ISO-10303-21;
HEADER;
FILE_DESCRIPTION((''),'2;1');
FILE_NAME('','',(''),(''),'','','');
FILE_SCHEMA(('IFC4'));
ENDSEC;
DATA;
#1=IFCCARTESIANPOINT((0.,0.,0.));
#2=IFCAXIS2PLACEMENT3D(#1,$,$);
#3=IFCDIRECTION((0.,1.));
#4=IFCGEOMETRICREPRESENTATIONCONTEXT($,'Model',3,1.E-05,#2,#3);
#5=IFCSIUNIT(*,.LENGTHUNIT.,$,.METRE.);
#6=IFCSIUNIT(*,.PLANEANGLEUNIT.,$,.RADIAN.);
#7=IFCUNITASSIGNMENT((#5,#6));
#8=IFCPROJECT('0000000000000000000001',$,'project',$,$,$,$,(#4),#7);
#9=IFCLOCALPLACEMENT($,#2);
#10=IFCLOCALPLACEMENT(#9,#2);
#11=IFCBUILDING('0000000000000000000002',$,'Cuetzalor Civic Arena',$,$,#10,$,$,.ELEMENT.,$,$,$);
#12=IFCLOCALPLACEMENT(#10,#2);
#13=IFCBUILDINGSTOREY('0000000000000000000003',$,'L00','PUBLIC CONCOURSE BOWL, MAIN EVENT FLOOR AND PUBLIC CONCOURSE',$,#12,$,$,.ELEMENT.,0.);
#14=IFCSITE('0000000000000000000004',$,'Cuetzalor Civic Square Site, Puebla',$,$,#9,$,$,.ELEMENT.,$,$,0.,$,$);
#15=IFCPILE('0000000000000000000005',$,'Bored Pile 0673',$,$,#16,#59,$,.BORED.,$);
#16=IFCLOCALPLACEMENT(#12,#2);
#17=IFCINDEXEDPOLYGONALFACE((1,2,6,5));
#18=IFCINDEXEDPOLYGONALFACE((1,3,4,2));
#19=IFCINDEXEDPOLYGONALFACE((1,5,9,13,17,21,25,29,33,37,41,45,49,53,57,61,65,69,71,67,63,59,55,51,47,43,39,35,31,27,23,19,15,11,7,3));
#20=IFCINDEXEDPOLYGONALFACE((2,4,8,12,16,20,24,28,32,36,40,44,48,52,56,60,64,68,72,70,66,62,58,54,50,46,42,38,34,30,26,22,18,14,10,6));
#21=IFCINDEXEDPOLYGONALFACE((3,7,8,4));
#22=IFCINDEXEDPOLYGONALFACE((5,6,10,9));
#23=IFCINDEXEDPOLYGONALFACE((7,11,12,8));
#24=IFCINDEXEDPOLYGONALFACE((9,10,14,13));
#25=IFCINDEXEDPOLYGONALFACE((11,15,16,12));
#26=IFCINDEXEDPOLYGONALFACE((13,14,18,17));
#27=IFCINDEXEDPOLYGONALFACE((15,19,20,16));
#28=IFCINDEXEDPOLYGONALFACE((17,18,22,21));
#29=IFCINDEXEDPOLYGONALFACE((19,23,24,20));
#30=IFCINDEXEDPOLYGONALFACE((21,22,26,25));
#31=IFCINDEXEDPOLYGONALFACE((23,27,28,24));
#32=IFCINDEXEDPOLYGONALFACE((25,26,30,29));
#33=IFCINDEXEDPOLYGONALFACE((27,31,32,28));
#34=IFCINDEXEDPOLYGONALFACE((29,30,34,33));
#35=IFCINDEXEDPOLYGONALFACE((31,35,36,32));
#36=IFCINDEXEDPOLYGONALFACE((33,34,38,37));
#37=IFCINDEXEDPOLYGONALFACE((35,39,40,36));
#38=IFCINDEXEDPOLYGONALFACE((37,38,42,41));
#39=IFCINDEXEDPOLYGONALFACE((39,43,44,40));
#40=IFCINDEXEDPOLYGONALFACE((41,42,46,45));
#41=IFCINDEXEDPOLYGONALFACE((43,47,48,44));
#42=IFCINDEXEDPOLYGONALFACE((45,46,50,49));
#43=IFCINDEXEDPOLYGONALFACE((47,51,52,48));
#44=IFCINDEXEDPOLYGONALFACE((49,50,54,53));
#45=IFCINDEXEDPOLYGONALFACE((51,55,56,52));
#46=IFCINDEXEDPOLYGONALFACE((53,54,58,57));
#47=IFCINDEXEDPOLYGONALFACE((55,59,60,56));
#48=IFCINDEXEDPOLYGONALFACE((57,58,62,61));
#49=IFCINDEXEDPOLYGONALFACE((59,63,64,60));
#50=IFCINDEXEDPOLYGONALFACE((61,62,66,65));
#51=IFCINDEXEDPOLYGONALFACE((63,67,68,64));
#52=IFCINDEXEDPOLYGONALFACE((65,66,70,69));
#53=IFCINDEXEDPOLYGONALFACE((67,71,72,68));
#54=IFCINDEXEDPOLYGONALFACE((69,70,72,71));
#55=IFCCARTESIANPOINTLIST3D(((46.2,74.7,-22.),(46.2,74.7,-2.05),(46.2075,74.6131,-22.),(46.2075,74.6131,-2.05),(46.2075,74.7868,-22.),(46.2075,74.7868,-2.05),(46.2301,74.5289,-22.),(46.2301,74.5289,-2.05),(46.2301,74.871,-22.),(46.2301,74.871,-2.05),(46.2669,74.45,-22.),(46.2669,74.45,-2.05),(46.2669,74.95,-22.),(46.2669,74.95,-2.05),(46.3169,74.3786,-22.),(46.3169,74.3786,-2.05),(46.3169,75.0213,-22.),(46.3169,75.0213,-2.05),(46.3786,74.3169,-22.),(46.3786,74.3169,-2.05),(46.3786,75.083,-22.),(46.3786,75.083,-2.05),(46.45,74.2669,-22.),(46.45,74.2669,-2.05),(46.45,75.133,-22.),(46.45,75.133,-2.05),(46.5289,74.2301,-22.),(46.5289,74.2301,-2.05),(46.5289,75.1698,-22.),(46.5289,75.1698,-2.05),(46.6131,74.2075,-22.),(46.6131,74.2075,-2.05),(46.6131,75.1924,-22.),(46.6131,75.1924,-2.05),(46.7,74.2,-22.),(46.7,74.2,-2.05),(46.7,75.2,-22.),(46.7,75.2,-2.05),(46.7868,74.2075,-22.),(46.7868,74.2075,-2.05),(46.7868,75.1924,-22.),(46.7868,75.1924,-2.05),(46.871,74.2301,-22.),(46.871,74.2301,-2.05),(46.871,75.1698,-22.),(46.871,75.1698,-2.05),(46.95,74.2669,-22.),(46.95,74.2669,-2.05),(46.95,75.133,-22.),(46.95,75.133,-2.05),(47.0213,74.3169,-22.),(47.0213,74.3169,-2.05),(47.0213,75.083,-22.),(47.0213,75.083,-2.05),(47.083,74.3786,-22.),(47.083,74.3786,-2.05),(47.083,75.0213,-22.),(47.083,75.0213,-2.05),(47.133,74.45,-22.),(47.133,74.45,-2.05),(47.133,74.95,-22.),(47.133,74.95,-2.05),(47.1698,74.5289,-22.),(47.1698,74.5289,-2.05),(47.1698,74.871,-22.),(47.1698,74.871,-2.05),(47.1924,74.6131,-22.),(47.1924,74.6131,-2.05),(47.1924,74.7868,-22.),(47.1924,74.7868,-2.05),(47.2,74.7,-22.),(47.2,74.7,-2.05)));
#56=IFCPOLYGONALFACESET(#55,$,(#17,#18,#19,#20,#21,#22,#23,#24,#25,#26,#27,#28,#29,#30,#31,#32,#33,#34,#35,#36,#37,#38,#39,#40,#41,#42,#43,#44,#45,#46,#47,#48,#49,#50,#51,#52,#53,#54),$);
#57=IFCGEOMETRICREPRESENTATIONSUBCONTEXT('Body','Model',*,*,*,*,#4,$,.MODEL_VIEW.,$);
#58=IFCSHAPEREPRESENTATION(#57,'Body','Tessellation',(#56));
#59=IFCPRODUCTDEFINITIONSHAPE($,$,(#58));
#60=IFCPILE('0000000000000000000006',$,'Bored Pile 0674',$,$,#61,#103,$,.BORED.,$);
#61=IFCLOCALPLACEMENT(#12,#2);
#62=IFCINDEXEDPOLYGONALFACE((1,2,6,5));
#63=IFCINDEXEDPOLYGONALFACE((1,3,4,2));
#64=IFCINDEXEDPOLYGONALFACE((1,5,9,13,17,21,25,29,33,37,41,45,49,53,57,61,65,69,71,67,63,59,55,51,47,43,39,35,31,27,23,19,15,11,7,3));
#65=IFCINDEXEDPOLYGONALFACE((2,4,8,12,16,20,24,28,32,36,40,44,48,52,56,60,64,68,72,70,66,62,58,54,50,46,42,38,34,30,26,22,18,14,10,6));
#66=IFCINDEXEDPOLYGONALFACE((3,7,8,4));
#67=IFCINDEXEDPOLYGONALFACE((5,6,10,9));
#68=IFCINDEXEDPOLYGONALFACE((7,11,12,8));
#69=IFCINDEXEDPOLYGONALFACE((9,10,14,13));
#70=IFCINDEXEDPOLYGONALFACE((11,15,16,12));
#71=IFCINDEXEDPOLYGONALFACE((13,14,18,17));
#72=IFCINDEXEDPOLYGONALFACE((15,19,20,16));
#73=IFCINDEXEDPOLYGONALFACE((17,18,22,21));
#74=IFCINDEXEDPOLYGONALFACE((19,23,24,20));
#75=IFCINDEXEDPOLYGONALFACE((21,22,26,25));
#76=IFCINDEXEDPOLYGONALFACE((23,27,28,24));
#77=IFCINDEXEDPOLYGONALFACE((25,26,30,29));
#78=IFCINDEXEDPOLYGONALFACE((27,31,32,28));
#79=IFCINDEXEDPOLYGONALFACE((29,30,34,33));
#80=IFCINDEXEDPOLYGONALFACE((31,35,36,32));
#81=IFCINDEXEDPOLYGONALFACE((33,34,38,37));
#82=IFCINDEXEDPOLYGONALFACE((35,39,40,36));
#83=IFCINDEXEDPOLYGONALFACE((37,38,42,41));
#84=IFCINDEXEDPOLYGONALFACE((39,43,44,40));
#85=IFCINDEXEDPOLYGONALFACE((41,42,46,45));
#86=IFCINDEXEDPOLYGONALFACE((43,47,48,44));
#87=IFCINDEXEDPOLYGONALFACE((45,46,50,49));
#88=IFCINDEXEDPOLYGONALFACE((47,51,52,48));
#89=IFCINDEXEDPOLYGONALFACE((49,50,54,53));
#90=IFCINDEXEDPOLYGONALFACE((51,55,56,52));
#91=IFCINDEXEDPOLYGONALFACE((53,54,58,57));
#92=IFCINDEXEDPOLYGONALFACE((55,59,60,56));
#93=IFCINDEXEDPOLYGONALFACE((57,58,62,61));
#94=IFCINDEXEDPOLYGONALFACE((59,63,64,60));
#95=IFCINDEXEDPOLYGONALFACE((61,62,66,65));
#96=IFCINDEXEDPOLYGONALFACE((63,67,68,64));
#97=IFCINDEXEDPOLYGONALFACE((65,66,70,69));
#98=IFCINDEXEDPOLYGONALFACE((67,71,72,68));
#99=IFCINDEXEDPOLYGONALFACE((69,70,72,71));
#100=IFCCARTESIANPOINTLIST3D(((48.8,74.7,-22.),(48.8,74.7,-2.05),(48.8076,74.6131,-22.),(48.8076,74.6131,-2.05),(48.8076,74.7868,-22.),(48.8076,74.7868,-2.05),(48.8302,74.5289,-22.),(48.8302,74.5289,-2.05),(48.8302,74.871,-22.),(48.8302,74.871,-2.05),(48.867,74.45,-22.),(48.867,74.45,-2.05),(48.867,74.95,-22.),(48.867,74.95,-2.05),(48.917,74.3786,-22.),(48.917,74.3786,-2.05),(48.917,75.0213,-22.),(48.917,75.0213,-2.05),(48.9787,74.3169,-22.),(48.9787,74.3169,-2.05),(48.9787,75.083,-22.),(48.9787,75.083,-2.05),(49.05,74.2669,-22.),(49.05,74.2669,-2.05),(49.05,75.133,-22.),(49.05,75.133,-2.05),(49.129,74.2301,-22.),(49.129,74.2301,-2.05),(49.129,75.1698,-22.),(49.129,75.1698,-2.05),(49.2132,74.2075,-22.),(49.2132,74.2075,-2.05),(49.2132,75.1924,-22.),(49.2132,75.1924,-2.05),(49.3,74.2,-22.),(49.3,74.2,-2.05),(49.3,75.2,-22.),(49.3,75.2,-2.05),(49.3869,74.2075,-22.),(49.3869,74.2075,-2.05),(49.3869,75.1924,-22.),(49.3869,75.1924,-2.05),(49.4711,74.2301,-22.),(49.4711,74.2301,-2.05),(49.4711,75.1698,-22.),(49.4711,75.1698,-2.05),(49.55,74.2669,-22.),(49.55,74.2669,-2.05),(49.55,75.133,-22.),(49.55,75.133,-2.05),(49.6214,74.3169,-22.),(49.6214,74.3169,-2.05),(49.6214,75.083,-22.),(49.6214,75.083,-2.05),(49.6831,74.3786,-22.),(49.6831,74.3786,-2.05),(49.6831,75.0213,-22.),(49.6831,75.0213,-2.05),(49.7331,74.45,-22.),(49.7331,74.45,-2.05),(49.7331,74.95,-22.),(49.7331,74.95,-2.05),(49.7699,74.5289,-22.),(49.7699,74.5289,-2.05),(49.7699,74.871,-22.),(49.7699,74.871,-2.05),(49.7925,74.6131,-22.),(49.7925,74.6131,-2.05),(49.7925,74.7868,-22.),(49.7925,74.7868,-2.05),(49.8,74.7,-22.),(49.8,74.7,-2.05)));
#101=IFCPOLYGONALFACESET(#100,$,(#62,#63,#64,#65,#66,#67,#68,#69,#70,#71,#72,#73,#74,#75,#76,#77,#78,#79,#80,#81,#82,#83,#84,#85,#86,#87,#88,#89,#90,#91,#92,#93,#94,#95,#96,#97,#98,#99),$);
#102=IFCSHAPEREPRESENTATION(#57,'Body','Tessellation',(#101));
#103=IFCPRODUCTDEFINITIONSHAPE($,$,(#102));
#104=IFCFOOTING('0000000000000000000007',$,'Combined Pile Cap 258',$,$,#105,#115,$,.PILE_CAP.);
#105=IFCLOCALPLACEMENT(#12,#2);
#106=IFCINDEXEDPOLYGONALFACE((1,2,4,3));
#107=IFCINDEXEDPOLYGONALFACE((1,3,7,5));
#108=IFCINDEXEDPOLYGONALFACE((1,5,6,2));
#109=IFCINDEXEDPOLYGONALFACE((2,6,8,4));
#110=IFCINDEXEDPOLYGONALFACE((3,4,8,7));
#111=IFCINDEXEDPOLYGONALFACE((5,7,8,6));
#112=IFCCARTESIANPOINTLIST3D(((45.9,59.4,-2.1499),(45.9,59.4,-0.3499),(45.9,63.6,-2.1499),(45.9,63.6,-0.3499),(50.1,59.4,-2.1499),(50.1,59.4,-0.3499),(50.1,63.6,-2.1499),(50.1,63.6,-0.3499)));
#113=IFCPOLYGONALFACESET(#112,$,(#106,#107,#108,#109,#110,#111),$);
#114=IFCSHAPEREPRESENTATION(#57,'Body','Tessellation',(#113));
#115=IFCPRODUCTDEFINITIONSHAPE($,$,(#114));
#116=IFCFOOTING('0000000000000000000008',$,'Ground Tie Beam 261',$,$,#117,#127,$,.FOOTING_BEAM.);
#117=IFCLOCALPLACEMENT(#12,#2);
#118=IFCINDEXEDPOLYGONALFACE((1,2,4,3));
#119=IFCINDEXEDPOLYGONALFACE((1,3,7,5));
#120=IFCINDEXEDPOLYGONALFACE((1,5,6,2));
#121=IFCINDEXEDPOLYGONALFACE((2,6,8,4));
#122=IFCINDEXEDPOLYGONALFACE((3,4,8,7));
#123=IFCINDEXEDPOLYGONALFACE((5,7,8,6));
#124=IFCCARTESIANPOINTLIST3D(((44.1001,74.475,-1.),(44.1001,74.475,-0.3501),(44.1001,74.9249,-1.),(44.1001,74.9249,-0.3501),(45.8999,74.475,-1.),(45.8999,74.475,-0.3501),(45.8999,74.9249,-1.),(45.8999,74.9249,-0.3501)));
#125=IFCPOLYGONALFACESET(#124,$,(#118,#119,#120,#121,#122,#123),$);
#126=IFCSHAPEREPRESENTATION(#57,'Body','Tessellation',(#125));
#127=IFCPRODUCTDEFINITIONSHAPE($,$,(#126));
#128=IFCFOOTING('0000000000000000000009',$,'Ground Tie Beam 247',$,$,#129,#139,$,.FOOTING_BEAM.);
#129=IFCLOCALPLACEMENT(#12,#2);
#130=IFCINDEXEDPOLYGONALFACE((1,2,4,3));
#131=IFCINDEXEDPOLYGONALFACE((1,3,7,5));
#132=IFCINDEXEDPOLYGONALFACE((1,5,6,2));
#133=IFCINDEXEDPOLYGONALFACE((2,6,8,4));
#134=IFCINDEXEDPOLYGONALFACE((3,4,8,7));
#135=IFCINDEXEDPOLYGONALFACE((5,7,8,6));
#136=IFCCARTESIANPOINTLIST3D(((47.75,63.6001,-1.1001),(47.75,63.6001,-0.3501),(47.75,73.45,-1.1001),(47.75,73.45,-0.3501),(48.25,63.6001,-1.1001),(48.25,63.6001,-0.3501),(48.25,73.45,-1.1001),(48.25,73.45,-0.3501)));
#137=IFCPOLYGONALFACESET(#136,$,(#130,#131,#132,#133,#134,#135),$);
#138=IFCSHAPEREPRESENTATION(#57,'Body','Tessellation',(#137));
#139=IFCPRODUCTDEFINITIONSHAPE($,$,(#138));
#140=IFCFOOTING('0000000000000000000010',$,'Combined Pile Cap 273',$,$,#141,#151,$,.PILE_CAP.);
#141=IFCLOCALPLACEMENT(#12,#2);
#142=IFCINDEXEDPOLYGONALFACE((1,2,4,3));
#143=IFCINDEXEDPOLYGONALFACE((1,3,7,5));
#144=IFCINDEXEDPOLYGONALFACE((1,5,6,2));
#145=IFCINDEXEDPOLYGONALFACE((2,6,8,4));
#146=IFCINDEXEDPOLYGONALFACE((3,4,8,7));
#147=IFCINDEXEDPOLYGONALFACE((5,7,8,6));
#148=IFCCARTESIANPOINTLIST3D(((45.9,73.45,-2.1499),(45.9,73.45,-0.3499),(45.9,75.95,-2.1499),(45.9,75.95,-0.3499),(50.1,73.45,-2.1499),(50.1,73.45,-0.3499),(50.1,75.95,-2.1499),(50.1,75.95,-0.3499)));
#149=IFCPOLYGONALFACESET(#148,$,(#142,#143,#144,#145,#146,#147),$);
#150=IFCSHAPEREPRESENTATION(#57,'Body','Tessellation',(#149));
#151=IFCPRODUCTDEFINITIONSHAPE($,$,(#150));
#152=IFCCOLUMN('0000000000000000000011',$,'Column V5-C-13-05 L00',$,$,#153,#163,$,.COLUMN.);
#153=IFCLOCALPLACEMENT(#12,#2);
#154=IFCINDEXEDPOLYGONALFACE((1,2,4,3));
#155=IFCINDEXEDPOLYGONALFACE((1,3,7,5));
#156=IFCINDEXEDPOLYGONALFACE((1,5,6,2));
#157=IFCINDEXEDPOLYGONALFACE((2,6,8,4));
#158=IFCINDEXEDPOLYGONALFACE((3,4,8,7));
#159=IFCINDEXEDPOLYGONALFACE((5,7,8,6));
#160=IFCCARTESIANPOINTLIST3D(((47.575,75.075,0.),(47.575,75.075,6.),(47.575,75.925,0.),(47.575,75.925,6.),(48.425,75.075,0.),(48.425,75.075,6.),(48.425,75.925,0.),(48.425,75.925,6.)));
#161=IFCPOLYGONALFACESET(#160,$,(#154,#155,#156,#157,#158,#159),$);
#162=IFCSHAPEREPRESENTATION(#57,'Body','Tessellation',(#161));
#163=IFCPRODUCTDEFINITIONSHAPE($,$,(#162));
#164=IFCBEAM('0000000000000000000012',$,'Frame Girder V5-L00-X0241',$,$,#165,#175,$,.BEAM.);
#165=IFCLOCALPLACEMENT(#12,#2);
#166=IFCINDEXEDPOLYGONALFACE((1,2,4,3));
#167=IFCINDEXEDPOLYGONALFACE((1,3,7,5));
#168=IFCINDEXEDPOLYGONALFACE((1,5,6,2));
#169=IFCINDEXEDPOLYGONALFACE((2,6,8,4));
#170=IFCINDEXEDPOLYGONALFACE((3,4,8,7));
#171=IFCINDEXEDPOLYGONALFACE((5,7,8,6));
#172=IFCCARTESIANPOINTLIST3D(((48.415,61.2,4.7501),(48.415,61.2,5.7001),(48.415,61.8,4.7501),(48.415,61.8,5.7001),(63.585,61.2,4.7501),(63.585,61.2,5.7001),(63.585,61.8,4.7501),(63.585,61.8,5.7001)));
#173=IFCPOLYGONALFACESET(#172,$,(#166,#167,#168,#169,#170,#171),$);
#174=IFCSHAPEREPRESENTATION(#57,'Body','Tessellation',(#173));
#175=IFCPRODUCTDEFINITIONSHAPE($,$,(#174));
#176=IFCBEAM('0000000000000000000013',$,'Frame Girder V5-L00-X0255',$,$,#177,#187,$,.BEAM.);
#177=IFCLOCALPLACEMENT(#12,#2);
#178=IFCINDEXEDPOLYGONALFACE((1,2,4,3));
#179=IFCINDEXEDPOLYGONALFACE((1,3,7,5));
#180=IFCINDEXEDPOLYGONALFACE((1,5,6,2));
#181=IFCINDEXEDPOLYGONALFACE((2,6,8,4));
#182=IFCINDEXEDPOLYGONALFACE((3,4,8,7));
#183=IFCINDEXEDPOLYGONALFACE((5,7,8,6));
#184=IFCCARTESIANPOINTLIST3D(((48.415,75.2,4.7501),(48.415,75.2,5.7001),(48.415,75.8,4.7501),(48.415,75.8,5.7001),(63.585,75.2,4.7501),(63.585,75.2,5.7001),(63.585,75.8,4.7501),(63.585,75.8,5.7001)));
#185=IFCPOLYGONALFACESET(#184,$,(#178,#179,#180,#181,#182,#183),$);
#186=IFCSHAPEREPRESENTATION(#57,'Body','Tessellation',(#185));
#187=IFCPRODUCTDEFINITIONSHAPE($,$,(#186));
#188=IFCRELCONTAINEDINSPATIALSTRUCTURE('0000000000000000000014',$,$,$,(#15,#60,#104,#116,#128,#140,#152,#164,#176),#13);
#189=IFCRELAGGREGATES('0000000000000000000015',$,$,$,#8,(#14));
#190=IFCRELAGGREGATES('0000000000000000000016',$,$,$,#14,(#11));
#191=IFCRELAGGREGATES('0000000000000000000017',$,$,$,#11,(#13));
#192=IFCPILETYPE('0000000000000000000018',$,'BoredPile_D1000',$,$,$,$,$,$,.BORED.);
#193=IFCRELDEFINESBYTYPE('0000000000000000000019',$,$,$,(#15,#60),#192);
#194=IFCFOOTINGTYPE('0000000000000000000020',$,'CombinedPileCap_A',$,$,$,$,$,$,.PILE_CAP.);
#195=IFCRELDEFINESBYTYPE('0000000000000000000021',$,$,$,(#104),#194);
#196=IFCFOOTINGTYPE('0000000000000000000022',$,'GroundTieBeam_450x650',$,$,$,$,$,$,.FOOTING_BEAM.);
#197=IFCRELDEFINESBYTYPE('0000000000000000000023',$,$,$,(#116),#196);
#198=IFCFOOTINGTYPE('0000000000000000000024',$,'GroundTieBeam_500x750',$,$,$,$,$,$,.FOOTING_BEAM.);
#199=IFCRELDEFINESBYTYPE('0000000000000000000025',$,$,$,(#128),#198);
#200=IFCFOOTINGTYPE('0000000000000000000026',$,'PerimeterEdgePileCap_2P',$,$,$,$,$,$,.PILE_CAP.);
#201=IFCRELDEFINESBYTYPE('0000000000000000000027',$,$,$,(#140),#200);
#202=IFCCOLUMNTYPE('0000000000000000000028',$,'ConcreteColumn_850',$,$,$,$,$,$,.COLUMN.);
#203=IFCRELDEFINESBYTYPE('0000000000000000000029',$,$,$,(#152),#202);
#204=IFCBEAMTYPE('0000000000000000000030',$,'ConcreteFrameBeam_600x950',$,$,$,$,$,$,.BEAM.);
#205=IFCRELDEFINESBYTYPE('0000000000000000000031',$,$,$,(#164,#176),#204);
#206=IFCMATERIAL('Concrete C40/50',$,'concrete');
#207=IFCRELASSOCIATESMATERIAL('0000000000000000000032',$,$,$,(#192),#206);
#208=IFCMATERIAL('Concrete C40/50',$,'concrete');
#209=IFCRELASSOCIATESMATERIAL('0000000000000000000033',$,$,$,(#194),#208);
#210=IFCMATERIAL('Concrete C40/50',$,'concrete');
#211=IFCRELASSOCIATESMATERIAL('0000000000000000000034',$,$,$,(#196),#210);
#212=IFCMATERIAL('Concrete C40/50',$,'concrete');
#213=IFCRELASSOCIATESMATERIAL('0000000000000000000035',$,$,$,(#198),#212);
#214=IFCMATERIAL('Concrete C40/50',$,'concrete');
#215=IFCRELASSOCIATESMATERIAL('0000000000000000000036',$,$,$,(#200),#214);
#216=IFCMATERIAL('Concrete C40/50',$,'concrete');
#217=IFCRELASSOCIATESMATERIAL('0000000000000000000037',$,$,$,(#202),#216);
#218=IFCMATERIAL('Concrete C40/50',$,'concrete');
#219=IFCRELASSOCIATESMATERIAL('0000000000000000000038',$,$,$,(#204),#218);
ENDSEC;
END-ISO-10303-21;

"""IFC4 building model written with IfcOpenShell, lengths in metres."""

from ifc_helpers import new_model, si_unit, direction, frame, origin, origin_2d, place, context, subcontext, project, spatial, rectangle, circle, extrude, material, material_profile, profile_set, type_object, element, save


model = new_model("IFC4")

# Units and contexts
model_context = context("Model", 3, precision=1e-05, world=origin(), true_north=direction((0.0, 1.0)))
body_context = subcontext(model_context, "Body", "Model", "MODEL_VIEW")
ifc_project = project(units=[si_unit("LENGTHUNIT", "METRE"), si_unit("PLANEANGLEUNIT", "RADIAN")], contexts=[model_context])

# Site, building, storey
site_placement = place(None, origin())
site = spatial("IfcSite", under=ifc_project, at=site_placement, Name="Cuetzalor Civic Square Site, Puebla", CompositionType="ELEMENT", RefElevation=0.0)
building_placement = place(site_placement, origin())
building = spatial("IfcBuilding", under=site, at=building_placement, Name="Cuetzalor Civic Arena", CompositionType="ELEMENT")
storey_placement = place(building_placement, origin())
storey = spatial("IfcBuildingStorey", under=building, at=storey_placement, Name="L00", Description="PUBLIC CONCOURSE BOWL, MAIN EVENT FLOOR AND PUBLIC CONCOURSE", CompositionType="ELEMENT", Elevation=0.0)

# Piles
ifc_material_1 = material(Name="Concrete C40/50", Category="concrete")
ifc_material_profile_1 = material_profile(ifc_material_1, circle(Radius=0.5, at=origin_2d()), Name="BORED PILE D1000")
ifc_profile_set_1 = profile_set([ifc_material_profile_1], Name="Concrete C40/50")
pile_type = type_object("IfcPileType", Name="BoredPile_D1000", PredefinedType="BORED", material=ifc_profile_set_1)
for number, where, z_axis, x_axis, name in (
    (1, (46.7, 74.7, -2.05), (0.0, 0.0, -1.0), (1.0, 0.0, 0.0), "Bored Pile 0673"),
    (2, (49.3, 74.7, -2.05), (0.0, 0.0, -1.0), (1.0, 0.0, 0.0), "Bored Pile 0674"),
):
    element("IfcPile", number, at=place(storey_placement, frame(where, z_axis=z_axis, x_axis=x_axis)), inside=storey, type_object=pile_type, Name=name, PredefinedType="BORED", context=body_context, shape_type="SweptSolid", body=[
        extrude(circle(Radius=0.5, at=origin_2d()), origin(), (0.0, 0.0, 1.0), 19.95),
    ])

# Footings
ifc_material_2 = material(Name="Concrete C40/50", Category="concrete")
footing_type_1 = type_object("IfcFootingType", Name="CombinedPileCap_A", PredefinedType="PILE_CAP", material=ifc_material_2)
footing_1_placement = place(storey_placement, frame((48.0, 61.5, -2.1499), z_axis=(0.0, 0.0, 1.0), x_axis=(1.0, 0.0, 0.0)))
element("IfcFooting", 3, at=footing_1_placement, inside=storey, type_object=footing_type_1, Name="Combined Pile Cap 258", PredefinedType="PILE_CAP", context=body_context, shape_type="SweptSolid", body=[
    extrude(rectangle(XDim=4.2, YDim=4.2, at=origin_2d()), origin(), (0.0, 0.0, 1.0), 1.8),
])
ifc_material_3 = material(Name="Concrete C40/50", Category="concrete")
ifc_material_profile_2 = material_profile(ifc_material_3, rectangle(XDim=0.45, YDim=0.6499, at=origin_2d()), Name="RC 450x650")
ifc_profile_set_2 = profile_set([ifc_material_profile_2], Name="Concrete C40/50")
footing_type_2 = type_object("IfcFootingType", Name="GroundTieBeam_450x650", PredefinedType="FOOTING_BEAM", material=ifc_profile_set_2)
footing_2_placement = place(storey_placement, frame((44.1001, 74.7, -0.675), z_axis=(1.0, 0.0, 0.0), x_axis=(0.0, 1.0, 0.0)))
element("IfcFooting", 4, at=footing_2_placement, inside=storey, type_object=footing_type_2, Name="Ground Tie Beam 261", PredefinedType="FOOTING_BEAM", context=body_context, shape_type="SweptSolid", body=[
    extrude(rectangle(XDim=0.45, YDim=0.6499, at=origin_2d()), origin(), (0.0, 0.0, 1.0), 1.7998),
])
ifc_material_4 = material(Name="Concrete C40/50", Category="concrete")
ifc_material_profile_3 = material_profile(ifc_material_4, rectangle(XDim=0.5, YDim=0.75, at=origin_2d()), Name="RC 500x750")
ifc_profile_set_3 = profile_set([ifc_material_profile_3], Name="Concrete C40/50")
footing_type_3 = type_object("IfcFootingType", Name="GroundTieBeam_500x750", PredefinedType="FOOTING_BEAM", material=ifc_profile_set_3)
footing_3_placement = place(storey_placement, frame((48.0, 63.6001, -0.7251), z_axis=(0.0, 1.0, 0.0), x_axis=(-1.0, 0.0, 0.0)))
element("IfcFooting", 5, at=footing_3_placement, inside=storey, type_object=footing_type_3, Name="Ground Tie Beam 247", PredefinedType="FOOTING_BEAM", context=body_context, shape_type="SweptSolid", body=[
    extrude(rectangle(XDim=0.5, YDim=0.75, at=origin_2d()), origin(), (0.0, 0.0, 1.0), 9.8499),
])
ifc_material_5 = material(Name="Concrete C40/50", Category="concrete")
footing_type_4 = type_object("IfcFootingType", Name="PerimeterEdgePileCap_2P", PredefinedType="PILE_CAP", material=ifc_material_5)
footing_4_placement = place(storey_placement, frame((48.0, 74.7, -2.1499), z_axis=(0.0, 0.0, 1.0), x_axis=(1.0, 0.0, 0.0)))
element("IfcFooting", 6, at=footing_4_placement, inside=storey, type_object=footing_type_4, Name="Combined Pile Cap 273", PredefinedType="PILE_CAP", context=body_context, shape_type="SweptSolid", body=[
    extrude(rectangle(XDim=4.2, YDim=2.5, at=origin_2d()), origin(), (0.0, 0.0, 1.0), 1.8),
])

# Column
ifc_material_6 = material(Name="Concrete C40/50", Category="concrete")
ifc_material_profile_4 = material_profile(ifc_material_6, rectangle(XDim=0.8501, YDim=0.8501, at=origin_2d()), Name="RC 850x850")
ifc_profile_set_4 = profile_set([ifc_material_profile_4], Name="Concrete C40/50")
column_type = type_object("IfcColumnType", Name="ConcreteColumn_850", PredefinedType="COLUMN", material=ifc_profile_set_4)
column_placement = place(storey_placement, frame((48.0, 75.5, 0.0), z_axis=(0.0, 0.0, 1.0), x_axis=(1.0, 0.0, 0.0)))
element("IfcColumn", 7, at=column_placement, inside=storey, type_object=column_type, Name="Column V5-C-13-05 L00", PredefinedType="COLUMN", context=body_context, shape_type="SweptSolid", body=[
    extrude(rectangle(XDim=0.8501, YDim=0.8501, at=origin_2d()), origin(), (0.0, 0.0, 1.0), 6.0),
])

# Beams
ifc_material_7 = material(Name="Concrete C40/50", Category="concrete")
ifc_material_profile_5 = material_profile(ifc_material_7, rectangle(XDim=0.6001, YDim=0.95, at=origin_2d()), Name="RC 600x950")
ifc_profile_set_5 = profile_set([ifc_material_profile_5], Name="Concrete C40/50")
beam_type_1 = type_object("IfcBeamType", Name="ConcreteFrameBeam_600x950", PredefinedType="BEAM", material=ifc_profile_set_5)
for number, where, z_axis, x_axis, name in (
    (8, (48.415, 61.5, 5.2251), (1.0, 0.0, 0.0), (0.0, 1.0, 0.0), "Frame Girder V5-L00-X0241"),
    (9, (48.415, 75.5, 5.2251), (1.0, 0.0, 0.0), (0.0, 1.0, 0.0), "Frame Girder V5-L00-X0255"),
):
    element("IfcBeam", number, at=place(storey_placement, frame(where, z_axis=z_axis, x_axis=x_axis)), inside=storey, type_object=beam_type_1, Name=name, PredefinedType="BEAM", context=body_context, shape_type="SweptSolid", body=[
        extrude(rectangle(XDim=0.6001, YDim=0.95, at=origin_2d()), origin(), (0.0, 0.0, 1.0), 15.1699),
    ])

save(model, "model.ifc")
